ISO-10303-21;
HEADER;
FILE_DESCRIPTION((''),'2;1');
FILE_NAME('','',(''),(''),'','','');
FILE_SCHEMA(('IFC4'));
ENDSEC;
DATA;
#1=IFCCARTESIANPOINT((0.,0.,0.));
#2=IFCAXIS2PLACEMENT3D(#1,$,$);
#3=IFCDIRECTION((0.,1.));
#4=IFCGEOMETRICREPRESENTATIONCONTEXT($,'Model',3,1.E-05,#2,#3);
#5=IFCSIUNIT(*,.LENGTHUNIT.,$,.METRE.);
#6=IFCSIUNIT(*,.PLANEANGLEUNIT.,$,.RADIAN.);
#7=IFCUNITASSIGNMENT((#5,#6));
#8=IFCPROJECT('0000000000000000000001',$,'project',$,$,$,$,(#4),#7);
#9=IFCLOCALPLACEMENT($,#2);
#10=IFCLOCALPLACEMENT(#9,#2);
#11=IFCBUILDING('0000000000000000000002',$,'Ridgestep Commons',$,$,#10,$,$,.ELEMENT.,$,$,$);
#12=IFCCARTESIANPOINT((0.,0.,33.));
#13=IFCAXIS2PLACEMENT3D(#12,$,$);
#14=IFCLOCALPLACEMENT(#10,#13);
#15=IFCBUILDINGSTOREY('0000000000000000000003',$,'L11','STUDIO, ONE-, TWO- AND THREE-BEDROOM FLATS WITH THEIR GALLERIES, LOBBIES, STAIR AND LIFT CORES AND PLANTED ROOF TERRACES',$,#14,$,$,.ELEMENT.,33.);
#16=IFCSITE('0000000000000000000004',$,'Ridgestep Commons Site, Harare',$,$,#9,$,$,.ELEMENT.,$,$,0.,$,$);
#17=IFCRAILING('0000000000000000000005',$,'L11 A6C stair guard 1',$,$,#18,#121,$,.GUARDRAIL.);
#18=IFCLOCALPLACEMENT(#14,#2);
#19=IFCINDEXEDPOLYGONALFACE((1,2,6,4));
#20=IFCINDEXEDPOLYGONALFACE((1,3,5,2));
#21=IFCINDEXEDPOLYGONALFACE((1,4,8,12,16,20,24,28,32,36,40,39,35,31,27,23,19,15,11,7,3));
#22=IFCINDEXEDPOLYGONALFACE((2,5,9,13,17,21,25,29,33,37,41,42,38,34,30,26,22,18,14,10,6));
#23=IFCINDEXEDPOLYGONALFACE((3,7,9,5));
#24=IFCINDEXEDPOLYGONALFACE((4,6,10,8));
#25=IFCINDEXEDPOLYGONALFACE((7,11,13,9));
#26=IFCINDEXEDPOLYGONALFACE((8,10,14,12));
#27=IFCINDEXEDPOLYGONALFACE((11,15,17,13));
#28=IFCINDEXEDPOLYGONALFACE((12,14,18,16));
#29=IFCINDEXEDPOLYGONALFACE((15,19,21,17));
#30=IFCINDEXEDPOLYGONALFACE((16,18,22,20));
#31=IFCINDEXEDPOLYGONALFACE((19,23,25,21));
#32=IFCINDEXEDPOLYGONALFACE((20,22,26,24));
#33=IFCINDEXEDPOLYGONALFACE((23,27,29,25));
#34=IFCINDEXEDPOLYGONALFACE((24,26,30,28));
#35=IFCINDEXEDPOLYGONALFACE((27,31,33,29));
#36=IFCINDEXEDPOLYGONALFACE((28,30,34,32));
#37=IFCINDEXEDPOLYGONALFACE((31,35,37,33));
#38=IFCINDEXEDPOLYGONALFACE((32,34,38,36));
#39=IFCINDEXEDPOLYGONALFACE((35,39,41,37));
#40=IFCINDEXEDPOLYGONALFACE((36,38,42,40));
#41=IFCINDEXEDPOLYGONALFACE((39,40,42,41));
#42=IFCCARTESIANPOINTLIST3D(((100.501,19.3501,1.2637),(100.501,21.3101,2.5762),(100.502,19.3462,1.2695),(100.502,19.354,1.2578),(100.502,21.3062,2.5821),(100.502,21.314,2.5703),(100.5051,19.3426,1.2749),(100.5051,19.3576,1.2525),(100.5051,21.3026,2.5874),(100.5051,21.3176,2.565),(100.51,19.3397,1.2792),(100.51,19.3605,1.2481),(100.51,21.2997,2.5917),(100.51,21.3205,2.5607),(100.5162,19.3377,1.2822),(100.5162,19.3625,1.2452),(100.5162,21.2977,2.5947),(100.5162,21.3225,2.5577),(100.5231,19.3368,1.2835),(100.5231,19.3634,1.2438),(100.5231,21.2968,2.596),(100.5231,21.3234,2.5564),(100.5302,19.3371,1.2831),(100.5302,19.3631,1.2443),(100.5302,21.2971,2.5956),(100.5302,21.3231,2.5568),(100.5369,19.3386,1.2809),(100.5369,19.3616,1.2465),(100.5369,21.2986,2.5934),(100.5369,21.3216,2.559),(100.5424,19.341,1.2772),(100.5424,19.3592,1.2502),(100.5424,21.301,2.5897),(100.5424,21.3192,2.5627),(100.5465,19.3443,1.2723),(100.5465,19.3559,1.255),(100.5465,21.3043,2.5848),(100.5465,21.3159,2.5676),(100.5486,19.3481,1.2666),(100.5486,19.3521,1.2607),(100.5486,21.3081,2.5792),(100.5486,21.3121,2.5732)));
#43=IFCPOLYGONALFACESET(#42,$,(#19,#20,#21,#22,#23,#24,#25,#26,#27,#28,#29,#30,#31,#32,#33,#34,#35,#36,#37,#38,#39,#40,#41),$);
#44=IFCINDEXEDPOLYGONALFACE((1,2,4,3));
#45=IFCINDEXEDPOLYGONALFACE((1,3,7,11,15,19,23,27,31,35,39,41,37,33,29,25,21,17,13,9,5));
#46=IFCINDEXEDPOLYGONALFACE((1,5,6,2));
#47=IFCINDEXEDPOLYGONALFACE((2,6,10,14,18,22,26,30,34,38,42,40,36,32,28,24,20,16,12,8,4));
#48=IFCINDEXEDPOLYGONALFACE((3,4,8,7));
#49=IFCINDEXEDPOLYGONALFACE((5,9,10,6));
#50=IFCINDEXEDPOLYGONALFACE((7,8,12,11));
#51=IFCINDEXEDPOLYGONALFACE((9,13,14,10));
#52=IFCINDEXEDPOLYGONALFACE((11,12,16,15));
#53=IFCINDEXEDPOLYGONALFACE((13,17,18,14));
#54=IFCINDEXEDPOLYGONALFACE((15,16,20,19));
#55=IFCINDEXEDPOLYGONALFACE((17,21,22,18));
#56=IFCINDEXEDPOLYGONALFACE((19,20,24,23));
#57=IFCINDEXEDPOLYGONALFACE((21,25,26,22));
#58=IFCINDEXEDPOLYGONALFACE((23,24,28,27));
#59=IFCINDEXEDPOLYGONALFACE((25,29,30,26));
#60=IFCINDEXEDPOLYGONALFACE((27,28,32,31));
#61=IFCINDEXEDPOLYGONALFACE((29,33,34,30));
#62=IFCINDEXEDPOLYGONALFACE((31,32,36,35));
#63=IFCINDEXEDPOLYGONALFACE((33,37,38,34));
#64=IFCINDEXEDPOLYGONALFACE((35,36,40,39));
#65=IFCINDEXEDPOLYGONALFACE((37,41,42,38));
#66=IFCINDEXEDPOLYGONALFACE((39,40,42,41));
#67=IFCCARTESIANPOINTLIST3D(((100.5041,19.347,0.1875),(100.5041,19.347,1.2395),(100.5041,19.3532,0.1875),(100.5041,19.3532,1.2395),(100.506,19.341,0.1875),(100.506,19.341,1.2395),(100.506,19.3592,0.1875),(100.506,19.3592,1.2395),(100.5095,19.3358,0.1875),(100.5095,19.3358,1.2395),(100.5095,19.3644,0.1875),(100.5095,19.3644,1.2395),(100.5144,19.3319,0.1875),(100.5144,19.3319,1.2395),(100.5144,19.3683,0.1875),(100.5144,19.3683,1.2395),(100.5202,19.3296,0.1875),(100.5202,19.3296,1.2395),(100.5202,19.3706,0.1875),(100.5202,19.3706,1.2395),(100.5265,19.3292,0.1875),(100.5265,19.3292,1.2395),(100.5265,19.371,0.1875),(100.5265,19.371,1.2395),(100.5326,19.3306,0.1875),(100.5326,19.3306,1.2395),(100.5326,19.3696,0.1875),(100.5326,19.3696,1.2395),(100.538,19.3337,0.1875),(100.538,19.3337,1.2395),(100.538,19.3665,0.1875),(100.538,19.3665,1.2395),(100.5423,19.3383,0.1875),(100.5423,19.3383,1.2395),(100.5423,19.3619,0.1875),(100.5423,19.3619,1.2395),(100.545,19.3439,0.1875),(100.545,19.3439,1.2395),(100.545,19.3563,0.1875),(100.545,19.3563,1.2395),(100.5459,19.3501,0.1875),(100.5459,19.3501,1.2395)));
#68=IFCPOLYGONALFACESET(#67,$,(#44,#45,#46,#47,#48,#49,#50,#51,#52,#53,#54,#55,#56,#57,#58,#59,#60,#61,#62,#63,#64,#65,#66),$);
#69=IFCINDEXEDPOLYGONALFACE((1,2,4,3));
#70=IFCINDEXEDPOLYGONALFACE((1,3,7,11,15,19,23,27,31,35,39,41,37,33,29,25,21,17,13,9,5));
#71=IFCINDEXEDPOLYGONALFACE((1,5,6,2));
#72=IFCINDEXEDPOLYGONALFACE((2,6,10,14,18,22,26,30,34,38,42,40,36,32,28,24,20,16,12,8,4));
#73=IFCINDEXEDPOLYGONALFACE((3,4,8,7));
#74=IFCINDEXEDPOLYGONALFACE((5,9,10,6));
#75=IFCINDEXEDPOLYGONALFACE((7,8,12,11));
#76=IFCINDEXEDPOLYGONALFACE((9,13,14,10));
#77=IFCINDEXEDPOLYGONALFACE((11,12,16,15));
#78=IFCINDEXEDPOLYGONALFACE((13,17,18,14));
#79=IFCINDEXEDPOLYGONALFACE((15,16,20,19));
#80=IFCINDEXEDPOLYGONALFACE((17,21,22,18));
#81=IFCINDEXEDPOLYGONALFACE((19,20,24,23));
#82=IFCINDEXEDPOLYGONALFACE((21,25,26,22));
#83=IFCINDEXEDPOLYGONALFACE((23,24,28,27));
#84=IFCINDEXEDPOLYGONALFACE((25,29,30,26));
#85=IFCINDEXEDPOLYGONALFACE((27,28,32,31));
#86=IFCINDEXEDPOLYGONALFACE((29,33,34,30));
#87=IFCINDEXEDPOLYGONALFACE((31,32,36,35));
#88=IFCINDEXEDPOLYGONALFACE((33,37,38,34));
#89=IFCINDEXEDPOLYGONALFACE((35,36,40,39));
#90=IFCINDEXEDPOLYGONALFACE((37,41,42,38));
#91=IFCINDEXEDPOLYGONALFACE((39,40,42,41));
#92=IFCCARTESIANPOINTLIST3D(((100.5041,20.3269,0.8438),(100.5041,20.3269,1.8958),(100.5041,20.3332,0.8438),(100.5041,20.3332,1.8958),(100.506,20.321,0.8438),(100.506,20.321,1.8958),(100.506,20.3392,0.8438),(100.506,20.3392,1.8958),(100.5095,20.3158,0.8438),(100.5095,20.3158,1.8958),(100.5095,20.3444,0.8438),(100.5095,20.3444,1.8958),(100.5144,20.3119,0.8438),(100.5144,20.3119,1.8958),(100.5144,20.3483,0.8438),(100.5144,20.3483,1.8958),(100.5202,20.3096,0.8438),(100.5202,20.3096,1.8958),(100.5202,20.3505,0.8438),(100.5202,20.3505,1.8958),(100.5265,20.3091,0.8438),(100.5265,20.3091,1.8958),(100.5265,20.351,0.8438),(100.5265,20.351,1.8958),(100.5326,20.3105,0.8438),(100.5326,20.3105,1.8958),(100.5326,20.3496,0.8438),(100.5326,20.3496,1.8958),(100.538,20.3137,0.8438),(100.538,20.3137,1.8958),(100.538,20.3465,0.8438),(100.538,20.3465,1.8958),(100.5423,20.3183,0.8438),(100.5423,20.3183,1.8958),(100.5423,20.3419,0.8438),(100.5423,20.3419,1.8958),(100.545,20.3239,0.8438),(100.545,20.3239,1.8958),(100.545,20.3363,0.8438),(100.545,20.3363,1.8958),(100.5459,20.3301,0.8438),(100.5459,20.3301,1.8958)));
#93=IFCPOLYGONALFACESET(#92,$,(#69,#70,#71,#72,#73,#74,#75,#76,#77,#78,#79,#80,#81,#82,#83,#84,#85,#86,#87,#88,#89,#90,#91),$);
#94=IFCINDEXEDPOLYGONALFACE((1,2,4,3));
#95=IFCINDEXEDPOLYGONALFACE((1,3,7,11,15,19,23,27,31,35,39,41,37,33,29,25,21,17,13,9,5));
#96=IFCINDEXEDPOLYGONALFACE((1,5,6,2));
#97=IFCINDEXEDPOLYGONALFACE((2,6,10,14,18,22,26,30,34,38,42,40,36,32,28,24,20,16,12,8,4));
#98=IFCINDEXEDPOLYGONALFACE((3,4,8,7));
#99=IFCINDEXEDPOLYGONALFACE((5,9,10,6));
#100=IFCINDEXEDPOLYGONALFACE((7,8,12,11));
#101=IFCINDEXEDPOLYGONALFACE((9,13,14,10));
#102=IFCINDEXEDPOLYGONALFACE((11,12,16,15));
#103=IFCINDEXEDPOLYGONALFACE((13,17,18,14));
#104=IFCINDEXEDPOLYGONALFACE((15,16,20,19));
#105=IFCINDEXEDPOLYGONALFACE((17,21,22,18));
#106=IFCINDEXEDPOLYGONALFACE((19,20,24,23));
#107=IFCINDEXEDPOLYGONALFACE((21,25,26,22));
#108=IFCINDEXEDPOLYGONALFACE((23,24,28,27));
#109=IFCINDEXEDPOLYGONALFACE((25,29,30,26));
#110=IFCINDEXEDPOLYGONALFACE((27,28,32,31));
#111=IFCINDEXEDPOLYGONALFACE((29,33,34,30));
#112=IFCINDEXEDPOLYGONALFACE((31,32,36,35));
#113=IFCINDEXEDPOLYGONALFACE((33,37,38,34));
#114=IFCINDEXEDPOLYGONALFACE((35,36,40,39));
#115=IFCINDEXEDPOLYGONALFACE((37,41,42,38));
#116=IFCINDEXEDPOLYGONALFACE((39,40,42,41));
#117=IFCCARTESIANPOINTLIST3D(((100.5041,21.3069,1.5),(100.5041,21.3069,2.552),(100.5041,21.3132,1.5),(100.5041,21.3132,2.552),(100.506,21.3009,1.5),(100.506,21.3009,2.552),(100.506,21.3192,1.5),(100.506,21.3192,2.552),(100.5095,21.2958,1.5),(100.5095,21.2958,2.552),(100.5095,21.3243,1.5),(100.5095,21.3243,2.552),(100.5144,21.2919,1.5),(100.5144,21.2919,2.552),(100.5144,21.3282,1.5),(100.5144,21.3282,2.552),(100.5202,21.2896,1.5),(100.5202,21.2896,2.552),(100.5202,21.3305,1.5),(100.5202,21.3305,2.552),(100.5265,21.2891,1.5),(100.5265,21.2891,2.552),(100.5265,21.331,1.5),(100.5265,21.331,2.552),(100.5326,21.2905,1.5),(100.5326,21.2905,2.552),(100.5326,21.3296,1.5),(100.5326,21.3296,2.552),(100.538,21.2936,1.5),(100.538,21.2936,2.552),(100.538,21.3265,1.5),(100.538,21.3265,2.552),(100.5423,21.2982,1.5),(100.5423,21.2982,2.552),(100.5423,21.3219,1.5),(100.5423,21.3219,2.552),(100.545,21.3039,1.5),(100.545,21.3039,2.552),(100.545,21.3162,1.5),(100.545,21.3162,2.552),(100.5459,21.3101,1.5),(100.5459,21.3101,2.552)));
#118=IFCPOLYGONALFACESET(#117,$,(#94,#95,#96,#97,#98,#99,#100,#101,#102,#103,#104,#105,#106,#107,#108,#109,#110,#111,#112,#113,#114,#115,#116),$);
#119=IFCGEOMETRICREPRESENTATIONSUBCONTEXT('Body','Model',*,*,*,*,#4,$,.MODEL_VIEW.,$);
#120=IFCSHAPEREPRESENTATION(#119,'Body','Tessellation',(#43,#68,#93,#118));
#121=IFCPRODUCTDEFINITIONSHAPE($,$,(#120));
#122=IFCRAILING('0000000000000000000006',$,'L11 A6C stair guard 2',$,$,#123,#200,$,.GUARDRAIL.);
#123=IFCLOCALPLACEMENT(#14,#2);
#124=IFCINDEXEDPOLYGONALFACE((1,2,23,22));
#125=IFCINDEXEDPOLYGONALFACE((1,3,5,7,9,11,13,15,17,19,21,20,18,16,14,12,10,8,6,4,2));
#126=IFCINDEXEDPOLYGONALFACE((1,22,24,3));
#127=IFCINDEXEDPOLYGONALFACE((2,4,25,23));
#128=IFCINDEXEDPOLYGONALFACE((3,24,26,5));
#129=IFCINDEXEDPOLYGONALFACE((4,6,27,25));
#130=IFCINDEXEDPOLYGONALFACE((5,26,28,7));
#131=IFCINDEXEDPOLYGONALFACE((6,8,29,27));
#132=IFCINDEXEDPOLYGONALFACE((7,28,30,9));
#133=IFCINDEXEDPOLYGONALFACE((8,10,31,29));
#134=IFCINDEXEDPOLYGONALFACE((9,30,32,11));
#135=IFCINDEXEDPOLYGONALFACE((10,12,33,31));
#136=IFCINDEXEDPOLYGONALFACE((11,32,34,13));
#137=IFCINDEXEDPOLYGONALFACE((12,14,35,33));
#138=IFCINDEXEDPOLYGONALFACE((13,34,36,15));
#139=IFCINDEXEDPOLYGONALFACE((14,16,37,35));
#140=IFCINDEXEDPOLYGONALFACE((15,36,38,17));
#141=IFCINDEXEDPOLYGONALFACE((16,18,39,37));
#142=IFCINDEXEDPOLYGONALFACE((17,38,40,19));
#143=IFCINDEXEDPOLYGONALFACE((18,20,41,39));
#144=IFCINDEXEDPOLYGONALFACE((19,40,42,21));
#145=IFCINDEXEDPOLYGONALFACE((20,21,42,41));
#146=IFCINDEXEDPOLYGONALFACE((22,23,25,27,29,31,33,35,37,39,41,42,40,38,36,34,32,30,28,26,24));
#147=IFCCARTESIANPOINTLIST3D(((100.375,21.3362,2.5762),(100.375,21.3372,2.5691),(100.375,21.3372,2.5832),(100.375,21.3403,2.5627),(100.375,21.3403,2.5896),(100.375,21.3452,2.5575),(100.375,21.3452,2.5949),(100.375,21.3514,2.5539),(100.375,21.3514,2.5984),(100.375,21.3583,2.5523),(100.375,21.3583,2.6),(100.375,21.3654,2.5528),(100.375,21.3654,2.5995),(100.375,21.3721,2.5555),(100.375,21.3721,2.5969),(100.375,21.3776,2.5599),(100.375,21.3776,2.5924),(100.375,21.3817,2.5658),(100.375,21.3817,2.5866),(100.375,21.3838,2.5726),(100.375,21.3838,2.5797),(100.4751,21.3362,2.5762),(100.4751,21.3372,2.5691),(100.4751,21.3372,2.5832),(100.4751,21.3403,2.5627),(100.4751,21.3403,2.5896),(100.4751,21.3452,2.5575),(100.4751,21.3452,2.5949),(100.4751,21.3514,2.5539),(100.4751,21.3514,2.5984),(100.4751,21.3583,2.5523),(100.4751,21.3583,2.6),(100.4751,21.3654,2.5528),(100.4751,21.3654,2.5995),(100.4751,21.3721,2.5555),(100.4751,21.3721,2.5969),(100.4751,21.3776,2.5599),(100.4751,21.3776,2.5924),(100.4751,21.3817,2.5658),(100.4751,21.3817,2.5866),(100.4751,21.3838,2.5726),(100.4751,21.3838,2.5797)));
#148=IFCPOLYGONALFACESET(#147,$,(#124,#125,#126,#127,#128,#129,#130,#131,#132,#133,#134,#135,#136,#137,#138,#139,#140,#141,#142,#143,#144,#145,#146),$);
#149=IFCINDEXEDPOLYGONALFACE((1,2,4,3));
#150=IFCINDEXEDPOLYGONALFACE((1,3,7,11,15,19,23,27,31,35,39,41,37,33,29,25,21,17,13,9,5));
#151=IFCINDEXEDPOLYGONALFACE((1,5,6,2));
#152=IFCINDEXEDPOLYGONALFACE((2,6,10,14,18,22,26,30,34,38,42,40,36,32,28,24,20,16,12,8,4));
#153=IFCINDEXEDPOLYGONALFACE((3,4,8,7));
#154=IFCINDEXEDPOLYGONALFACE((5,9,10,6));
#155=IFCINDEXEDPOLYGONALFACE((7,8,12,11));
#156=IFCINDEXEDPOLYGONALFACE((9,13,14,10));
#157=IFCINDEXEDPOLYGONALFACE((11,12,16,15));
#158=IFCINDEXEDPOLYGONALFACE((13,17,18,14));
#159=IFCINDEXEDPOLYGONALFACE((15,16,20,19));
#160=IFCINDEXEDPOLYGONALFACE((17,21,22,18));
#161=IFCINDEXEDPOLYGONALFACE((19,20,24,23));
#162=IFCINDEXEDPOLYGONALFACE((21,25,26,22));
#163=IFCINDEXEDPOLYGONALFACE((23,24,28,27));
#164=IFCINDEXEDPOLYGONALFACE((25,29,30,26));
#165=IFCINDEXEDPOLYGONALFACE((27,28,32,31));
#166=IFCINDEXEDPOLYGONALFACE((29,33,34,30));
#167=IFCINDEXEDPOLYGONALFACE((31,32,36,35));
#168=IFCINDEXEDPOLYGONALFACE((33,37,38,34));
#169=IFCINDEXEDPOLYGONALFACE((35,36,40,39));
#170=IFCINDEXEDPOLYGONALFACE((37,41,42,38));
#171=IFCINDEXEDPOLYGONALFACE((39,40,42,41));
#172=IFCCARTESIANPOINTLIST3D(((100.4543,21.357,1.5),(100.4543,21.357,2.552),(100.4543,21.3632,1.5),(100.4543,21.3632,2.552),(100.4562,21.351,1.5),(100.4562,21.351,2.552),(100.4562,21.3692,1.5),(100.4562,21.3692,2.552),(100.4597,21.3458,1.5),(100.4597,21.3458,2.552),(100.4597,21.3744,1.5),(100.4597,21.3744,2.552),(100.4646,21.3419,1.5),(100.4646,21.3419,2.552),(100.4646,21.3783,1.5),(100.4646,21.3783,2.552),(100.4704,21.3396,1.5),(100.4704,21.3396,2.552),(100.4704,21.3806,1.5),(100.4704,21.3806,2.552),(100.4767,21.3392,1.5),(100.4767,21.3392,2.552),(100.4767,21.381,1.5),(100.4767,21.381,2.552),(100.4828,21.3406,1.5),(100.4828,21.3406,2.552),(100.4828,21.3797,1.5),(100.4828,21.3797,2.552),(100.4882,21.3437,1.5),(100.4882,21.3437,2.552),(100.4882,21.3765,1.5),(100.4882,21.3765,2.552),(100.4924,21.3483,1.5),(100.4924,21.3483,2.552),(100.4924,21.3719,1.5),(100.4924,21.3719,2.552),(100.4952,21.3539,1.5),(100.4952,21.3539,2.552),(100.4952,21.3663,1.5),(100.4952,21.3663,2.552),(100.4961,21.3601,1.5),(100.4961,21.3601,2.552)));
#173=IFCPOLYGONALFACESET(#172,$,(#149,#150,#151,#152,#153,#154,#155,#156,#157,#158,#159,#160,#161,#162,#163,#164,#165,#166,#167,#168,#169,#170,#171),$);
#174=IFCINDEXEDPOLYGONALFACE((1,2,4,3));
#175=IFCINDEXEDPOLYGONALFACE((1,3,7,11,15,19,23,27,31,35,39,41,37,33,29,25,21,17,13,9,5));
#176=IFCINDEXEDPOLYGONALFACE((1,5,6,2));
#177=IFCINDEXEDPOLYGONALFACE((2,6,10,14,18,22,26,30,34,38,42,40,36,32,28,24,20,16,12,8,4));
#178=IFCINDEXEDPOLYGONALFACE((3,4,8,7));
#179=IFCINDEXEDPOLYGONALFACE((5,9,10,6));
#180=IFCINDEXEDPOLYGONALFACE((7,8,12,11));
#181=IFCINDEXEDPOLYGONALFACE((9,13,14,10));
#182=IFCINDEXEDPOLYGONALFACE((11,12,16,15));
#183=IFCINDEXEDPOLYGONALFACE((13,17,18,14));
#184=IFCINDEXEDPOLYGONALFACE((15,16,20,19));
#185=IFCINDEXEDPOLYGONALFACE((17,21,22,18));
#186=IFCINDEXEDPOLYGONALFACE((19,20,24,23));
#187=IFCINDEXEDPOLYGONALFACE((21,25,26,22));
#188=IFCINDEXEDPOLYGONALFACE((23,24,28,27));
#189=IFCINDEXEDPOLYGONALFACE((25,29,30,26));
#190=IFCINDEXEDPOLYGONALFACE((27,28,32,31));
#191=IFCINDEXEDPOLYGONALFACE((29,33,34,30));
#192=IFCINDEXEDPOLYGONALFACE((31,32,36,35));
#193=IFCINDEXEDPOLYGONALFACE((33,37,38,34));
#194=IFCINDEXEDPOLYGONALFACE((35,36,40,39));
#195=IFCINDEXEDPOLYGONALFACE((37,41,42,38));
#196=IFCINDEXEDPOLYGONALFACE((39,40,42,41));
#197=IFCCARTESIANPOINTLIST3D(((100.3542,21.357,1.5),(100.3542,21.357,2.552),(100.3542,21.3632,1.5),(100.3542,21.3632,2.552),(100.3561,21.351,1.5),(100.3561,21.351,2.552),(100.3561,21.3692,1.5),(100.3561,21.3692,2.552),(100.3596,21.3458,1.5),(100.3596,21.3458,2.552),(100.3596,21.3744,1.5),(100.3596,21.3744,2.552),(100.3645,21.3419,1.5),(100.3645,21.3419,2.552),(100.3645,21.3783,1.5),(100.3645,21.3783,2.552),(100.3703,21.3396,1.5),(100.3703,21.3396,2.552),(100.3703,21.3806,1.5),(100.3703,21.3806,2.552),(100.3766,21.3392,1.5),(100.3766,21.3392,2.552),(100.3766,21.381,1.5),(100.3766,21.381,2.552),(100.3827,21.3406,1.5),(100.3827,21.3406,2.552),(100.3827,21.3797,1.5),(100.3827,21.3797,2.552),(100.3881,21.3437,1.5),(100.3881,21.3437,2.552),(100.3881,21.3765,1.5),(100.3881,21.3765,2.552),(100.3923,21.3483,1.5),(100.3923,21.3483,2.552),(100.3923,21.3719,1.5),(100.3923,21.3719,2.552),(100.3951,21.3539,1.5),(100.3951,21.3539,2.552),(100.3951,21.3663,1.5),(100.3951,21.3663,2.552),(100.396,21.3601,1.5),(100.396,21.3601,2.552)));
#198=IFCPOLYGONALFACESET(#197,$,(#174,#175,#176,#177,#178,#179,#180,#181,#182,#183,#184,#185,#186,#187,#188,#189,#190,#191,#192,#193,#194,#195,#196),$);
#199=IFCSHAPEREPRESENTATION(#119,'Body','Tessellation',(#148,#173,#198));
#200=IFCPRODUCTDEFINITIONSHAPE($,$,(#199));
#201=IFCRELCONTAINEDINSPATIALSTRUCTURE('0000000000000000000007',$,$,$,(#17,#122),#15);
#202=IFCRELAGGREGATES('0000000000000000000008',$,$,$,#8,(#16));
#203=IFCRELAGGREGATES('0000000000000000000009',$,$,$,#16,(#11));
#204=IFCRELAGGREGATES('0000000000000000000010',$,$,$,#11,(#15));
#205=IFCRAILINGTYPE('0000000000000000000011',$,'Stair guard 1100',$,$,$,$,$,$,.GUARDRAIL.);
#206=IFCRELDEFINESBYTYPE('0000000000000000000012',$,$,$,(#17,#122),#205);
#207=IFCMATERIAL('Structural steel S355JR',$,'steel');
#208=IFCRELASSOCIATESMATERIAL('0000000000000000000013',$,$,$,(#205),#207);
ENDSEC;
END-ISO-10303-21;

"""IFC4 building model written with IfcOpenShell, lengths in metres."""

from ifc_helpers import new_model, si_unit, direction, frame, origin, origin_2d, place, context, subcontext, project, spatial, circle, extrude, material, type_object, element, save


model = new_model("IFC4")

# Units and contexts
model_context = context("Model", 3, precision=1e-05, world=origin(), true_north=direction((0.0, 1.0)))
body_context = subcontext(model_context, "Body", "Model", "MODEL_VIEW")
ifc_project = project(units=[si_unit("LENGTHUNIT", "METRE"), si_unit("PLANEANGLEUNIT", "RADIAN")], contexts=[model_context])

# Site, building, storey
site_placement = place(None, origin())
site = spatial("IfcSite", under=ifc_project, at=site_placement, Name="Ridgestep Commons Site, Harare", CompositionType="ELEMENT", RefElevation=0.0)
building_placement = place(site_placement, origin())
building = spatial("IfcBuilding", under=site, at=building_placement, Name="Ridgestep Commons", CompositionType="ELEMENT")
storey_placement = place(building_placement, frame((0.0, 0.0, 33.0)))
storey = spatial("IfcBuildingStorey", under=building, at=storey_placement, Name="L11", Description="STUDIO, ONE-, TWO- AND THREE-BEDROOM FLATS WITH THEIR GALLERIES, LOBBIES, STAIR AND LIFT CORES AND PLANTED ROOF TERRACES", CompositionType="ELEMENT", Elevation=33.0)

# Railings
ifc_material_1 = material(Name="Structural steel S355JR", Category="steel")
railing_type_1 = type_object("IfcRailingType", Name="Stair guard 1100", PredefinedType="GUARDRAIL", material=ifc_material_1)
railing_1_placement = place(storey_placement, frame((100.5249, 19.3501, 0.1875)))
element("IfcRailing", 1, at=railing_1_placement, inside=storey, type_object=railing_type_1, Name="L11 A6C stair guard 1", PredefinedType="GUARDRAIL", context=body_context, shape_type="SweptSolid", body=[
    extrude(circle(Radius=0.0239, at=origin_2d()), frame((0.0, 0.0, 1.0762), z_axis=(0.0, 0.830902, 0.556419), x_axis=(-1.0, 0.0, 0.0)), (0.0, 0.0, 1.0), 2.3589),
    extrude(circle(Radius=0.021, at=origin_2d()), origin(), (0.0, 0.0, 1.0), 1.052),
    extrude(circle(Radius=0.021, at=origin_2d()), frame((0.0, 0.98, 0.6562)), (0.0, 0.0, 1.0), 1.052),
    extrude(circle(Radius=0.021, at=origin_2d()), frame((0.0, 1.96, 1.3125)), (0.0, 0.0, 1.0), 1.052),
])
railing_2_placement = place(storey_placement, frame((100.4751, 21.3601, 1.5)))
element("IfcRailing", 2, at=railing_2_placement, inside=storey, type_object=railing_type_1, Name="L11 A6C stair guard 2", PredefinedType="GUARDRAIL", context=body_context, shape_type="SweptSolid", body=[
    extrude(circle(Radius=0.0239, at=origin_2d()), frame((0.0, 0.0, 1.0762), z_axis=(-1.0, 0.0, 0.0), x_axis=(0.0, -1.0, 0.0)), (0.0, 0.0, 1.0), 0.1001),
    extrude(circle(Radius=0.021, at=origin_2d()), origin(), (0.0, 0.0, 1.0), 1.052),
    extrude(circle(Radius=0.021, at=origin_2d()), frame((-0.1001, 0.0, 0.0)), (0.0, 0.0, 1.0), 1.052),
])

save(model, "model.ifc")
